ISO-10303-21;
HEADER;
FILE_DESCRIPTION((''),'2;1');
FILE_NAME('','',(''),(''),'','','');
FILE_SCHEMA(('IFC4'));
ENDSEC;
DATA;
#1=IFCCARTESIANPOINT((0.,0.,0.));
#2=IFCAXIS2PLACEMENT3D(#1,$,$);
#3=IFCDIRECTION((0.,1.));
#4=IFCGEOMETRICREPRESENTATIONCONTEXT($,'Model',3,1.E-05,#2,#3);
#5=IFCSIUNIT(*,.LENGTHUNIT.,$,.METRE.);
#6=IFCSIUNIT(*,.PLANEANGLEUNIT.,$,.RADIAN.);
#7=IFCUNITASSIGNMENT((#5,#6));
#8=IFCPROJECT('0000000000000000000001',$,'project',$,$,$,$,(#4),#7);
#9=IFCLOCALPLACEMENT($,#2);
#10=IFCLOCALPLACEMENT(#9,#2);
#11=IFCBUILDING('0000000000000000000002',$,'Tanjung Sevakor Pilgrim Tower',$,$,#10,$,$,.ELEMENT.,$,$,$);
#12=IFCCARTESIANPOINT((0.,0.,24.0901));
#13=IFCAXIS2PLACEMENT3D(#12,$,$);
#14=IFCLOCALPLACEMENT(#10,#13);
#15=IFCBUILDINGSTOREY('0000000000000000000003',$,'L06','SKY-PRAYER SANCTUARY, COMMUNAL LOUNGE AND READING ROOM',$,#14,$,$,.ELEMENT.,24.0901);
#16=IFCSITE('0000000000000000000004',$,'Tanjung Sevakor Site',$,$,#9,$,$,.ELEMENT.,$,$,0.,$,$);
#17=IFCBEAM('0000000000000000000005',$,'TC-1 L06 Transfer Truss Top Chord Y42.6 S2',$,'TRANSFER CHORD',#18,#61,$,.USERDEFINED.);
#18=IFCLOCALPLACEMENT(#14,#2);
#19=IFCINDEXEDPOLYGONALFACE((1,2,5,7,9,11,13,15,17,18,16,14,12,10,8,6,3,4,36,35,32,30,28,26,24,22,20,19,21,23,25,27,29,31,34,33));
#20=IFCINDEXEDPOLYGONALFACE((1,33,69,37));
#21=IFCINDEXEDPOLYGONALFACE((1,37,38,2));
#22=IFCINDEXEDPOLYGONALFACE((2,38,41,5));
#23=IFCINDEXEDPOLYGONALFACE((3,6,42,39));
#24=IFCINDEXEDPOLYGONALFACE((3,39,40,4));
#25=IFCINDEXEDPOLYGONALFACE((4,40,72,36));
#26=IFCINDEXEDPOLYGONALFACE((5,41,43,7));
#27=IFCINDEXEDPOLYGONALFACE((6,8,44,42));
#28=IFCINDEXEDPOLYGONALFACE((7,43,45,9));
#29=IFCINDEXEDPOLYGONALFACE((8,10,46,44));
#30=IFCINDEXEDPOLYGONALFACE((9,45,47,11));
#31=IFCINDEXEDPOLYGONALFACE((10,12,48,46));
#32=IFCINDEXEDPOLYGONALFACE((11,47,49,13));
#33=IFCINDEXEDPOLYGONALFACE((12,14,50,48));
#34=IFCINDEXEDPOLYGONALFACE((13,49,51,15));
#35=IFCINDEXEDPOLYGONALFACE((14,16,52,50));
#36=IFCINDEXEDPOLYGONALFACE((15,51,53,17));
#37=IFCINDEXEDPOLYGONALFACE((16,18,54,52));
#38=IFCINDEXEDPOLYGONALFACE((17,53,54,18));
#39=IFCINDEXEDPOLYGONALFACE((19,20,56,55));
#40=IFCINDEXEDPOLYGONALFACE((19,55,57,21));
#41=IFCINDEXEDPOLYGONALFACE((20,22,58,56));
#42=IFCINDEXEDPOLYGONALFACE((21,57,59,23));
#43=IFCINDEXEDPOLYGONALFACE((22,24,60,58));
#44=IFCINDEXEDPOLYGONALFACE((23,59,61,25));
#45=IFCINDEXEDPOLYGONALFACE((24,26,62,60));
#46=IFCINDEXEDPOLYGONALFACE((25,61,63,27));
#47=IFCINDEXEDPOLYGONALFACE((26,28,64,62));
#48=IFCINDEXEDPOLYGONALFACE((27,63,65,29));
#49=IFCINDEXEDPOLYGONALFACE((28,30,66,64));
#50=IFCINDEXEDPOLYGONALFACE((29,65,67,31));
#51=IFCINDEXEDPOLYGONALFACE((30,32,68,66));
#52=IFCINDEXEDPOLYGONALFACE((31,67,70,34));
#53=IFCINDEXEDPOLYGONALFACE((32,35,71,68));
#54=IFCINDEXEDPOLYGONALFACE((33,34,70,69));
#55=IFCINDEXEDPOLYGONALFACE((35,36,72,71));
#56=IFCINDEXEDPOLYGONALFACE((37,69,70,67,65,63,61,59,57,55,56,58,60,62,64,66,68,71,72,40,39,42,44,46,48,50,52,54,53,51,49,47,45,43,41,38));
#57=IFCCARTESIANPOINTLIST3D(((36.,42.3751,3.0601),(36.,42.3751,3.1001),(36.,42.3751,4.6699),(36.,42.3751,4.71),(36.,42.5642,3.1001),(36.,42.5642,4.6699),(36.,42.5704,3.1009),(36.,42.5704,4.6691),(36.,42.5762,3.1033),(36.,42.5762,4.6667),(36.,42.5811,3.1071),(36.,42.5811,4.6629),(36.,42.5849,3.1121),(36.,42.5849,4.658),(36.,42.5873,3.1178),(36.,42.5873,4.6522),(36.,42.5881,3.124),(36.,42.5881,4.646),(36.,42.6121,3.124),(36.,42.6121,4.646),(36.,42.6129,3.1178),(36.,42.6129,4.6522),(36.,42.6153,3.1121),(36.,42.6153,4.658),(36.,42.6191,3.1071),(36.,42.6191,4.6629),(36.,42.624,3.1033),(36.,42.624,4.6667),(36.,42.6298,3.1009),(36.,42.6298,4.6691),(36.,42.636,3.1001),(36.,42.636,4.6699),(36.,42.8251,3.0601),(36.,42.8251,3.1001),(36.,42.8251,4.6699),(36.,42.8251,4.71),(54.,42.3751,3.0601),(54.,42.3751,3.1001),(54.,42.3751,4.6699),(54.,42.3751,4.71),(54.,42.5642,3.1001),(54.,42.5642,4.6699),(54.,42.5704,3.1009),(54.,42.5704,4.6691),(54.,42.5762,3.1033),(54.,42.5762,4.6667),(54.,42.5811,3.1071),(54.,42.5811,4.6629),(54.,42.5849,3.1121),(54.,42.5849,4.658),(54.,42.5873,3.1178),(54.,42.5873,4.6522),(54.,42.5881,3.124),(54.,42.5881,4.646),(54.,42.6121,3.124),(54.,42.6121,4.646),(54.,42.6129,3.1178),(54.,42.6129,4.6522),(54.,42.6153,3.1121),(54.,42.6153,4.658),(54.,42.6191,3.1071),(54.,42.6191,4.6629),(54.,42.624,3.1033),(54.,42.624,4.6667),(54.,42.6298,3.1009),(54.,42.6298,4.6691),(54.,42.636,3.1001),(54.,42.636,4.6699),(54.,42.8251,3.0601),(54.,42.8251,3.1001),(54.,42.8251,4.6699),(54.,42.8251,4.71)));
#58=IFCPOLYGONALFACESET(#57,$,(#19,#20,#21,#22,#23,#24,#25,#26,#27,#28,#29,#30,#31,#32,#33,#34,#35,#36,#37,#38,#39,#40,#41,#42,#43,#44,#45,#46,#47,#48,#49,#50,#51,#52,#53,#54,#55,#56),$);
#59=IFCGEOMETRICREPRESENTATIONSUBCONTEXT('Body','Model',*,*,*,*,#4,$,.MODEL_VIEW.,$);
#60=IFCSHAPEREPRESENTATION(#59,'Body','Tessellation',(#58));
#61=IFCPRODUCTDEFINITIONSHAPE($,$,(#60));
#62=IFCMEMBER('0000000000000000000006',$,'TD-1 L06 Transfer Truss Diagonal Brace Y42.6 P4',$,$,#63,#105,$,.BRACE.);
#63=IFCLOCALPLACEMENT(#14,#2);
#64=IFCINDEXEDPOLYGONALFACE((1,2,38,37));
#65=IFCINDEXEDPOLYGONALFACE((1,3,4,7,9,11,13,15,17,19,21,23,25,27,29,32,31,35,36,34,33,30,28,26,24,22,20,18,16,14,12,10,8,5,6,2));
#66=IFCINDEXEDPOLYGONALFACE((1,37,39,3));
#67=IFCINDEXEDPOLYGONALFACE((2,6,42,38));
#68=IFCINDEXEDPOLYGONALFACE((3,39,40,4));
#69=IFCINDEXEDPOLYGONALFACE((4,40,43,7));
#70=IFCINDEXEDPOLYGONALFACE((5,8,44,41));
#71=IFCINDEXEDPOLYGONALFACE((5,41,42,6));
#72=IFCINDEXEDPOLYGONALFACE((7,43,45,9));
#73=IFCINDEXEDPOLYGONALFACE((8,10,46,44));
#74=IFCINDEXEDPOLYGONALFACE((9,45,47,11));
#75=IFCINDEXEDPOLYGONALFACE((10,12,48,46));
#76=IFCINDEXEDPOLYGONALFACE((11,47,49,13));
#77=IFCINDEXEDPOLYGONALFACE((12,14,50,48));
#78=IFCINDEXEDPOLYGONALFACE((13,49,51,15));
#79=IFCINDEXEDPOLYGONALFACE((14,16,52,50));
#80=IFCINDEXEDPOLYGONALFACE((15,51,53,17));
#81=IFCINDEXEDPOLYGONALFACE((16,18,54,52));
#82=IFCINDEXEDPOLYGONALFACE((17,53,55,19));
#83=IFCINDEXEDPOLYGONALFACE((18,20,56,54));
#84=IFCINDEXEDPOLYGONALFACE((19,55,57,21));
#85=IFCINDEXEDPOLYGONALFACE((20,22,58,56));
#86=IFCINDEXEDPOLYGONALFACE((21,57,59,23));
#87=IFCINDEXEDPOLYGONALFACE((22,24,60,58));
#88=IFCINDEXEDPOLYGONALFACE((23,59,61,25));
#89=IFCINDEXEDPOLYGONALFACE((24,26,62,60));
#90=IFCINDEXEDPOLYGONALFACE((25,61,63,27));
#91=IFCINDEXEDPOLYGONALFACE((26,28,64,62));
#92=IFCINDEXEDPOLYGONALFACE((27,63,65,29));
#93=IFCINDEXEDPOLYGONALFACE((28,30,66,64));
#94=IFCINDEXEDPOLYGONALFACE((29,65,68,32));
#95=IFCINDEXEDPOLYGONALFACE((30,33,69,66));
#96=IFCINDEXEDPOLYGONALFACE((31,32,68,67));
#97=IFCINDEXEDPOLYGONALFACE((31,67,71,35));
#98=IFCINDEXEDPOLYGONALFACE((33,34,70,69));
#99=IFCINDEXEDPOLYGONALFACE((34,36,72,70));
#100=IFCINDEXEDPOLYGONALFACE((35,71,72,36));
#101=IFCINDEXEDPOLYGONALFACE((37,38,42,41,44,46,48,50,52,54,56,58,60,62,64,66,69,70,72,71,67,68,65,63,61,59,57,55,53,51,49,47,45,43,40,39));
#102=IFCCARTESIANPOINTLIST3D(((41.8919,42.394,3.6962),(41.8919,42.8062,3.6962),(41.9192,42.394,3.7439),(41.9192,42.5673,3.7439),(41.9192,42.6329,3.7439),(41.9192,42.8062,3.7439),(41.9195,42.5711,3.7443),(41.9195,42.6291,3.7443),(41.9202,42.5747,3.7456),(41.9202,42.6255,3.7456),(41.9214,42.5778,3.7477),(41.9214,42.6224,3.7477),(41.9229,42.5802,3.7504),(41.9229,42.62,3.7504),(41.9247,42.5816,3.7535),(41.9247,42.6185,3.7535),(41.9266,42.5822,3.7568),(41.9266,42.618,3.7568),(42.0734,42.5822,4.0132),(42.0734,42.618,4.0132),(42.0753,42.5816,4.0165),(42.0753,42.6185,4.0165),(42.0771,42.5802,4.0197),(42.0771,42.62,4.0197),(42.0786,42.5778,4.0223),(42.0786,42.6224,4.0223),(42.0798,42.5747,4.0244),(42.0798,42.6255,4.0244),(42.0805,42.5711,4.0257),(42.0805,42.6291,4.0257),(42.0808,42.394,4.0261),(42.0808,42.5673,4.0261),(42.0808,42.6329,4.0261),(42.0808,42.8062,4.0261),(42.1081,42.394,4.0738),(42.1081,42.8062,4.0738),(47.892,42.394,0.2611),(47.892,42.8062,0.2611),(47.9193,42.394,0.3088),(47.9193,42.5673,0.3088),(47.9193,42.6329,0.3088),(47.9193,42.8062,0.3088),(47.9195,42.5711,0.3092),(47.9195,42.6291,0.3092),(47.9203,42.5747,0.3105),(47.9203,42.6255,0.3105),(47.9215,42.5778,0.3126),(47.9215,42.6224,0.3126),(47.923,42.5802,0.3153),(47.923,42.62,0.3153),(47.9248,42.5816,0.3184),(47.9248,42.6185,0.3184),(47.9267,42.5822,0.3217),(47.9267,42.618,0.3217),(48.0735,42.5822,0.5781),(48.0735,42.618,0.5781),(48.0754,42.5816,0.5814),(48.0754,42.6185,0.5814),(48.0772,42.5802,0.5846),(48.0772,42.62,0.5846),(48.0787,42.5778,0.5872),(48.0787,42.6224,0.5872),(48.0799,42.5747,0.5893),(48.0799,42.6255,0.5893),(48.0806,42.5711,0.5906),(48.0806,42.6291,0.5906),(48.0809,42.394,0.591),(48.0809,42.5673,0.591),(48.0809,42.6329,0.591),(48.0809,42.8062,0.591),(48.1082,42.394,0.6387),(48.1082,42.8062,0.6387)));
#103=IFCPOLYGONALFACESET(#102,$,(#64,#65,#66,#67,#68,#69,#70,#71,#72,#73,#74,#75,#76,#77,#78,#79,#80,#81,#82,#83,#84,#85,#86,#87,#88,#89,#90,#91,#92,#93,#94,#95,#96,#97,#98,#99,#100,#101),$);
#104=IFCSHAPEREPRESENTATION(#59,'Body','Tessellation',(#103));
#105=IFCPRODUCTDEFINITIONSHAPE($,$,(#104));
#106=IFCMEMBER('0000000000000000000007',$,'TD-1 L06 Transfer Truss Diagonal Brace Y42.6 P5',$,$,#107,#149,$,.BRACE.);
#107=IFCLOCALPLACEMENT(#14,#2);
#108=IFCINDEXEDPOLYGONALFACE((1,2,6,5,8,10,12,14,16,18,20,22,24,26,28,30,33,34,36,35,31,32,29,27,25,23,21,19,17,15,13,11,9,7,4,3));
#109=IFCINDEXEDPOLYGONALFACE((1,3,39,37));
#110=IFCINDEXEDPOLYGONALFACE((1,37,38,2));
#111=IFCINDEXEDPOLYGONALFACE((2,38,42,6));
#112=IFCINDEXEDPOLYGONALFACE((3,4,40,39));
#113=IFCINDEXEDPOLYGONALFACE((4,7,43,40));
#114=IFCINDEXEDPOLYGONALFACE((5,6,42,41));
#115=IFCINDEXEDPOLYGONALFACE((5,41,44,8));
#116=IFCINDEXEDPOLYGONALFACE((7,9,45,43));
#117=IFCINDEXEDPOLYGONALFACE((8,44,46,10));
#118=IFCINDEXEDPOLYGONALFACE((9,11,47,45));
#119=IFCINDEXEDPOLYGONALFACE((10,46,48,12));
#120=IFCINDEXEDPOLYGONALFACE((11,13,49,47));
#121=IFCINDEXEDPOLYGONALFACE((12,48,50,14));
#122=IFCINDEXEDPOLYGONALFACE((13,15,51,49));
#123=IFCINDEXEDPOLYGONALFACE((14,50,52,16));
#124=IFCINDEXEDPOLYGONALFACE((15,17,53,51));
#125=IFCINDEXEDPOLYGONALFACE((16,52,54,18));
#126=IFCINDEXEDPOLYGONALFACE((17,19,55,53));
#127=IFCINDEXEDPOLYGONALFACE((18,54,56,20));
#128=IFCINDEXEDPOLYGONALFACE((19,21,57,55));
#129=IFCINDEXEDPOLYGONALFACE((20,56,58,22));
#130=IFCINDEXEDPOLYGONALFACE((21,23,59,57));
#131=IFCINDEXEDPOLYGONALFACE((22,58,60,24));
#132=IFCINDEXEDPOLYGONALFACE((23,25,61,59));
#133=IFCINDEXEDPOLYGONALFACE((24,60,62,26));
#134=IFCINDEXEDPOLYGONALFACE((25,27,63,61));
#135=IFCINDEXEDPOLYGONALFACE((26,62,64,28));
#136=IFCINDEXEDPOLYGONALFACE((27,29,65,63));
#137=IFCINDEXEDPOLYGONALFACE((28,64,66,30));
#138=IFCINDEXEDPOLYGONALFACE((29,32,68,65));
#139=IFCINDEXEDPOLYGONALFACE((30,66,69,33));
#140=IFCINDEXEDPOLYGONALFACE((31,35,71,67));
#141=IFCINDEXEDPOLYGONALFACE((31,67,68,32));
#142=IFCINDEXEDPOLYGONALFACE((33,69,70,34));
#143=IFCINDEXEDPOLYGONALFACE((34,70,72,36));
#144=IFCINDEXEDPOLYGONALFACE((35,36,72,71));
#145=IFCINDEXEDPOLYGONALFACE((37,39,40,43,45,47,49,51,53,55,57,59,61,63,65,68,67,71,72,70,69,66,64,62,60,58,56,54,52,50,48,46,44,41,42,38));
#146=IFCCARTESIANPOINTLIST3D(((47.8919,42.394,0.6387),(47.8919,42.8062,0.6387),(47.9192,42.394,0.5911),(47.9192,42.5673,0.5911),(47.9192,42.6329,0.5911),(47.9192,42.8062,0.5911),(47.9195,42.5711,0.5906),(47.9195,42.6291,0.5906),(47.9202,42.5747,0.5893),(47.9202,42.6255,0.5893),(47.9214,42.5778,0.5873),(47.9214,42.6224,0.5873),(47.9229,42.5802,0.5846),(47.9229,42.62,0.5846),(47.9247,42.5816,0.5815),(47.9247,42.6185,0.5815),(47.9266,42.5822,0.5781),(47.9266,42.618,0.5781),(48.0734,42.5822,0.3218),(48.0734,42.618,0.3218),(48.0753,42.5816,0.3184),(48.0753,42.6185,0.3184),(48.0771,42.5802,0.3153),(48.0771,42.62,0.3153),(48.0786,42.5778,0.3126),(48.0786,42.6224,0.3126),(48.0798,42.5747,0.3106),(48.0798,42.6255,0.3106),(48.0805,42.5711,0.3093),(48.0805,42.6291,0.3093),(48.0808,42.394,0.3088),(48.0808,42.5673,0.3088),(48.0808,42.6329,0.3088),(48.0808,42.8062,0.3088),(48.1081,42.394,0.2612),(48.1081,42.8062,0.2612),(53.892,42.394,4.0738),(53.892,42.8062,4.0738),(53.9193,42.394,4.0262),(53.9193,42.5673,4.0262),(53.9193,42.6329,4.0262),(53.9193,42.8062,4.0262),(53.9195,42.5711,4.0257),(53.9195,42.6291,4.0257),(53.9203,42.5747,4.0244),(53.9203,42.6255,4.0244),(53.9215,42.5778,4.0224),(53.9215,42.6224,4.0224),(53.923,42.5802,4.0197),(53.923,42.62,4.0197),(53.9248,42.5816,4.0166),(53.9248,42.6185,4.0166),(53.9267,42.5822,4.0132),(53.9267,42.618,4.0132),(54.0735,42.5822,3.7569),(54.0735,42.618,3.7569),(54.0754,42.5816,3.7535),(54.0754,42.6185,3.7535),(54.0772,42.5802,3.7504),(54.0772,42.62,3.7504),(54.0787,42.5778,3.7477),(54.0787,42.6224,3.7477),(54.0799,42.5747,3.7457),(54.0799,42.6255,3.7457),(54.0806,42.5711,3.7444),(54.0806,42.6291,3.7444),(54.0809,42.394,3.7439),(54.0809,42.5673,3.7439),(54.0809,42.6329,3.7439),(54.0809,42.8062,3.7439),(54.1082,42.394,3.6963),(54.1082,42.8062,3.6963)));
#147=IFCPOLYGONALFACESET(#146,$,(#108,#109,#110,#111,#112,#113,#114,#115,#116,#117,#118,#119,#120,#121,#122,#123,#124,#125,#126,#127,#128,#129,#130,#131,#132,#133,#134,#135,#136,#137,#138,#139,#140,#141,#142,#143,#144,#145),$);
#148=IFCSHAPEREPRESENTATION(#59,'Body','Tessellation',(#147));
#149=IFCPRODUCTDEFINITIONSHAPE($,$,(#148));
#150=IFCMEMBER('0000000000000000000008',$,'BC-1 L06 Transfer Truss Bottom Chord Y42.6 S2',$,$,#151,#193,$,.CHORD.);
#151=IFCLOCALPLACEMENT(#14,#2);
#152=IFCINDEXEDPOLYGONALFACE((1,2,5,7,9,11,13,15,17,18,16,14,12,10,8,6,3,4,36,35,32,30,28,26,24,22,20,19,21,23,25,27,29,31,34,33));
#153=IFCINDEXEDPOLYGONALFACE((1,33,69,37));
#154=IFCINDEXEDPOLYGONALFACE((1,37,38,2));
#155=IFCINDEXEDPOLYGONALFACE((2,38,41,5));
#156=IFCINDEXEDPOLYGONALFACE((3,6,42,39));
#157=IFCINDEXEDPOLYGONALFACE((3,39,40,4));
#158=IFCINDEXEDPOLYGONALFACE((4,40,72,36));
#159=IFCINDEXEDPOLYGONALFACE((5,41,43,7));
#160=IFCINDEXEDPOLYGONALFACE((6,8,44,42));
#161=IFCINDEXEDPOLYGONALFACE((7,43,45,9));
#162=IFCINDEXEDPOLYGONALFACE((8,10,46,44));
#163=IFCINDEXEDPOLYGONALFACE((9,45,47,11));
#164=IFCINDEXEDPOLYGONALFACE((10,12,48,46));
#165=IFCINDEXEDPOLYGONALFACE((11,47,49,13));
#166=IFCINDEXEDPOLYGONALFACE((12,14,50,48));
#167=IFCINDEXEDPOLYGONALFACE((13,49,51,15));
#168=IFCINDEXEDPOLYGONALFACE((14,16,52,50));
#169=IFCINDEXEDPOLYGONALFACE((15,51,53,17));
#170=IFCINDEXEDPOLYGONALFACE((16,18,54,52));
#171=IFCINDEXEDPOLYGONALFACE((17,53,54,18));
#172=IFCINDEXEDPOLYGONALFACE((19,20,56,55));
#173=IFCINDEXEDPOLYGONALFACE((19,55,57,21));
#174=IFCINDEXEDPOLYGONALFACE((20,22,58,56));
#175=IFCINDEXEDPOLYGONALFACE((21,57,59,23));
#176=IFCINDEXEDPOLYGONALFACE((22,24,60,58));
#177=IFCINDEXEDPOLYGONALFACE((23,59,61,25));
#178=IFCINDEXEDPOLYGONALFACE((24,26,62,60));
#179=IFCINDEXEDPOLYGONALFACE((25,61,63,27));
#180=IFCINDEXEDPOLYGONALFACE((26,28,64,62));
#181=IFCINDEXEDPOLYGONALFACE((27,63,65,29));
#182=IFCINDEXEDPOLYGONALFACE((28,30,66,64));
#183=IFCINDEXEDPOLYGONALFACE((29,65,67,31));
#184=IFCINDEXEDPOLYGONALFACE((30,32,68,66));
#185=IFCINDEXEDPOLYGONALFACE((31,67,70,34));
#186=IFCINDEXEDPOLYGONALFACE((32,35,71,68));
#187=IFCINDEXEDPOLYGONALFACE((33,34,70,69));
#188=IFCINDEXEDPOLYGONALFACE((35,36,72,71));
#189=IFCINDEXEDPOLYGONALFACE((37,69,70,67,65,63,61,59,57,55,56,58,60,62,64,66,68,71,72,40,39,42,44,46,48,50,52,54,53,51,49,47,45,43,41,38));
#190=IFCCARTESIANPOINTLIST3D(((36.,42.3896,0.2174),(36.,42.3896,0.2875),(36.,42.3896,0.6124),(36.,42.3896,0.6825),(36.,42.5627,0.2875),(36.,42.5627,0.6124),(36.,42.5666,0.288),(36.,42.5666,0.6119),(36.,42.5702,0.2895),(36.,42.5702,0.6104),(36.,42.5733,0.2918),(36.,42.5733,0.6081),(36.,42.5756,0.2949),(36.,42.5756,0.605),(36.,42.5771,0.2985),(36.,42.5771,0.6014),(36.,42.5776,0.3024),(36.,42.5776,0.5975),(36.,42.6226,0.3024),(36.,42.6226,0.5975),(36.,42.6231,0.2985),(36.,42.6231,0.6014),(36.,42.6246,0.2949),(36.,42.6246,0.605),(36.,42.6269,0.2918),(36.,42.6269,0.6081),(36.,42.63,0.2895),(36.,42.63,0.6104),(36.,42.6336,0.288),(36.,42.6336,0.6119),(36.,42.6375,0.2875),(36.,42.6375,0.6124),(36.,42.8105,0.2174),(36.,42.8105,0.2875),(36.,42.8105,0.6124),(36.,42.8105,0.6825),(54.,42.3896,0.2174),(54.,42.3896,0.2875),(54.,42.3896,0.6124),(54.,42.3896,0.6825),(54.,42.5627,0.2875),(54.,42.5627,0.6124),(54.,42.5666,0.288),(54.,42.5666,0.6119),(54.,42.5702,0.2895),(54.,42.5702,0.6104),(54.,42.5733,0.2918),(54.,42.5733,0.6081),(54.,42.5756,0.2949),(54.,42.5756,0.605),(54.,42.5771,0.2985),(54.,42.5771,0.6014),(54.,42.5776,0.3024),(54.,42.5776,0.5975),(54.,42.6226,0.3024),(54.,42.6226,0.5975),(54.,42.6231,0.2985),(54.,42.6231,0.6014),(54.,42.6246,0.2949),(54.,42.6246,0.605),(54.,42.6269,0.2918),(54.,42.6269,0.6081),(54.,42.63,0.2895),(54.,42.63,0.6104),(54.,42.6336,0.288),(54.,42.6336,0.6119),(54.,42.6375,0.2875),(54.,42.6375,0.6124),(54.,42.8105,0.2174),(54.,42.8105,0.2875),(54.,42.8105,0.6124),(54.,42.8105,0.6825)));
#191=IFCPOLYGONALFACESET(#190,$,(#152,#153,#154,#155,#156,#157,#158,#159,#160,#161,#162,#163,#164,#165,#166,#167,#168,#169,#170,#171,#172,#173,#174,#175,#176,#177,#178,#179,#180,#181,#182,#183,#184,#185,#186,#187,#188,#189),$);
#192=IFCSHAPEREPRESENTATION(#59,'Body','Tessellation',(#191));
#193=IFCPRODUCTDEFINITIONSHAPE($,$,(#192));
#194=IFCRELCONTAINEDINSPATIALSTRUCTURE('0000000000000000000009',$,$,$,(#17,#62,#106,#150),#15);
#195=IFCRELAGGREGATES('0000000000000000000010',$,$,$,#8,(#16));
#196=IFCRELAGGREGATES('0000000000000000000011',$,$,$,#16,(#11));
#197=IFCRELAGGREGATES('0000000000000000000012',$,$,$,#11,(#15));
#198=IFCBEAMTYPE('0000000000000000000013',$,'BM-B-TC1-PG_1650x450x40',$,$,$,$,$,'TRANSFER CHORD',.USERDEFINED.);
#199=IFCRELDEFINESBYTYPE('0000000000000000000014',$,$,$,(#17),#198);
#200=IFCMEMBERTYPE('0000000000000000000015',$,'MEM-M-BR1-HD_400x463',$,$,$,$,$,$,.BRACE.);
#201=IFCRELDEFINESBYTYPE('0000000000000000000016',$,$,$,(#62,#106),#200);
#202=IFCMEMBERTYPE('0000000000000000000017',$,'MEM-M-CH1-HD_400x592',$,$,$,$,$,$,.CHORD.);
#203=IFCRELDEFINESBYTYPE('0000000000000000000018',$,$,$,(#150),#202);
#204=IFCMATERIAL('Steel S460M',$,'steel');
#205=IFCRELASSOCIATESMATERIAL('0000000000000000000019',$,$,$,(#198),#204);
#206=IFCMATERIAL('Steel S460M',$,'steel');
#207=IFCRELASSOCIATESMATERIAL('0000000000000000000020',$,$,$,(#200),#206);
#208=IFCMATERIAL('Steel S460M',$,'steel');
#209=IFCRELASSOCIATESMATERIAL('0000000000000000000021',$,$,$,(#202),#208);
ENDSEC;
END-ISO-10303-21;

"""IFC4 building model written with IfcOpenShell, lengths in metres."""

from ifc_helpers import new_model, si_unit, direction, frame, origin, origin_2d, place, context, subcontext, project, spatial, i_section, extrude, material, material_profile, profile_set, type_object, element, save


model = new_model("IFC4")

# Units and contexts
model_context = context("Model", 3, precision=1e-05, world=origin(), true_north=direction((0.0, 1.0)))
body_context = subcontext(model_context, "Body", "Model", "MODEL_VIEW")
ifc_project = project(units=[si_unit("LENGTHUNIT", "METRE"), si_unit("PLANEANGLEUNIT", "RADIAN")], contexts=[model_context])

# Site, building, storey
site_placement = place(None, origin())
site = spatial("IfcSite", under=ifc_project, at=site_placement, Name="Tanjung Sevakor Site", CompositionType="ELEMENT", RefElevation=0.0)
building_placement = place(site_placement, origin())
building = spatial("IfcBuilding", under=site, at=building_placement, Name="Tanjung Sevakor Pilgrim Tower", CompositionType="ELEMENT")
storey_placement = place(building_placement, frame((0.0, 0.0, 24.0901)))
storey = spatial("IfcBuildingStorey", under=building, at=storey_placement, Name="L06", Description="SKY-PRAYER SANCTUARY, COMMUNAL LOUNGE AND READING ROOM", CompositionType="ELEMENT", Elevation=24.0901)

# Beam
ifc_material_1 = material(Name="Steel S460M", Category="steel")
ifc_material_profile_1 = material_profile(ifc_material_1, i_section(OverallWidth=0.45, OverallDepth=1.6499, WebThickness=0.0239, FlangeThickness=0.04, FilletRadius=0.0239, at=origin_2d()))
ifc_profile_set_1 = profile_set([ifc_material_profile_1], Name="Steel S460M")
beam_type_1 = type_object("IfcBeamType", Name="BM-B-TC1-PG_1650x450x40", ElementType="TRANSFER CHORD", PredefinedType="USERDEFINED", material=ifc_profile_set_1)
beam_1_placement = place(storey_placement, frame((36.0, 42.6001, 3.885), z_axis=(1.0, 0.0, 0.0), x_axis=(0.0, 1.0, 0.0)))
element("IfcBeam", 1, at=beam_1_placement, inside=storey, type_object=beam_type_1, Name="TC-1 L06 Transfer Truss Top Chord Y42.6 S2", ObjectType="TRANSFER CHORD", PredefinedType="USERDEFINED", context=body_context, shape_type="SweptSolid", body=[
    extrude(i_section(OverallWidth=0.45, OverallDepth=1.6499, WebThickness=0.0239, FlangeThickness=0.04, FilletRadius=0.0239, at=origin_2d()), origin(), (0.0, 0.0, 1.0), 18.0),
])

# Members
ifc_material_2 = material(Name="Steel S460M", Category="steel")
ifc_material_profile_2 = material_profile(ifc_material_2, i_section(OverallWidth=0.4121, OverallDepth=0.4351, WebThickness=0.0359, FlangeThickness=0.0549, FilletRadius=0.0149, at=origin_2d()))
ifc_profile_set_2 = profile_set([ifc_material_profile_2], Name="Steel S460M")
member_type_1 = type_object("IfcMemberType", Name="MEM-M-BR1-HD_400x463", PredefinedType="BRACE", material=ifc_profile_set_2)
for number, where, z_axis, x_axis, name in (
    (2, (42.0, 42.6001, 3.885), (0.867839, 0.0, -0.496846), (0.0, 1.0, 0.0), "TD-1 L06 Transfer Truss Diagonal Brace Y42.6 P4"),
    (3, (48.0, 42.6001, 0.45), (0.867839, 0.0, 0.496846), (0.0, 1.0, 0.0), "TD-1 L06 Transfer Truss Diagonal Brace Y42.6 P5"),
):
    element("IfcMember", number, at=place(storey_placement, frame(where, z_axis=z_axis, x_axis=x_axis)), inside=storey, type_object=member_type_1, Name=name, PredefinedType="BRACE", context=body_context, shape_type="SweptSolid", body=[
        extrude(i_section(OverallWidth=0.4121, OverallDepth=0.4351, WebThickness=0.0359, FlangeThickness=0.0549, FilletRadius=0.0149, at=origin_2d()), origin(), (0.0, 0.0, 1.0), 6.9138),
    ])
ifc_material_3 = material(Name="Steel S460M", Category="steel")
ifc_material_profile_3 = material_profile(ifc_material_3, i_section(OverallWidth=0.4209, OverallDepth=0.4651, WebThickness=0.0449, FlangeThickness=0.0701, FilletRadius=0.0149, at=origin_2d()))
ifc_profile_set_3 = profile_set([ifc_material_profile_3], Name="Steel S460M")
member_type_2 = type_object("IfcMemberType", Name="MEM-M-CH1-HD_400x592", PredefinedType="CHORD", material=ifc_profile_set_3)
member_placement = place(storey_placement, frame((36.0, 42.6001, 0.45), z_axis=(1.0, 0.0, 0.0), x_axis=(0.0, 1.0, 0.0)))
element("IfcMember", 4, at=member_placement, inside=storey, type_object=member_type_2, Name="BC-1 L06 Transfer Truss Bottom Chord Y42.6 S2", PredefinedType="CHORD", context=body_context, shape_type="SweptSolid", body=[
    extrude(i_section(OverallWidth=0.4209, OverallDepth=0.4651, WebThickness=0.0449, FlangeThickness=0.0701, FilletRadius=0.0149, at=origin_2d()), origin(), (0.0, 0.0, 1.0), 18.0),
])

save(model, "model.ifc")
